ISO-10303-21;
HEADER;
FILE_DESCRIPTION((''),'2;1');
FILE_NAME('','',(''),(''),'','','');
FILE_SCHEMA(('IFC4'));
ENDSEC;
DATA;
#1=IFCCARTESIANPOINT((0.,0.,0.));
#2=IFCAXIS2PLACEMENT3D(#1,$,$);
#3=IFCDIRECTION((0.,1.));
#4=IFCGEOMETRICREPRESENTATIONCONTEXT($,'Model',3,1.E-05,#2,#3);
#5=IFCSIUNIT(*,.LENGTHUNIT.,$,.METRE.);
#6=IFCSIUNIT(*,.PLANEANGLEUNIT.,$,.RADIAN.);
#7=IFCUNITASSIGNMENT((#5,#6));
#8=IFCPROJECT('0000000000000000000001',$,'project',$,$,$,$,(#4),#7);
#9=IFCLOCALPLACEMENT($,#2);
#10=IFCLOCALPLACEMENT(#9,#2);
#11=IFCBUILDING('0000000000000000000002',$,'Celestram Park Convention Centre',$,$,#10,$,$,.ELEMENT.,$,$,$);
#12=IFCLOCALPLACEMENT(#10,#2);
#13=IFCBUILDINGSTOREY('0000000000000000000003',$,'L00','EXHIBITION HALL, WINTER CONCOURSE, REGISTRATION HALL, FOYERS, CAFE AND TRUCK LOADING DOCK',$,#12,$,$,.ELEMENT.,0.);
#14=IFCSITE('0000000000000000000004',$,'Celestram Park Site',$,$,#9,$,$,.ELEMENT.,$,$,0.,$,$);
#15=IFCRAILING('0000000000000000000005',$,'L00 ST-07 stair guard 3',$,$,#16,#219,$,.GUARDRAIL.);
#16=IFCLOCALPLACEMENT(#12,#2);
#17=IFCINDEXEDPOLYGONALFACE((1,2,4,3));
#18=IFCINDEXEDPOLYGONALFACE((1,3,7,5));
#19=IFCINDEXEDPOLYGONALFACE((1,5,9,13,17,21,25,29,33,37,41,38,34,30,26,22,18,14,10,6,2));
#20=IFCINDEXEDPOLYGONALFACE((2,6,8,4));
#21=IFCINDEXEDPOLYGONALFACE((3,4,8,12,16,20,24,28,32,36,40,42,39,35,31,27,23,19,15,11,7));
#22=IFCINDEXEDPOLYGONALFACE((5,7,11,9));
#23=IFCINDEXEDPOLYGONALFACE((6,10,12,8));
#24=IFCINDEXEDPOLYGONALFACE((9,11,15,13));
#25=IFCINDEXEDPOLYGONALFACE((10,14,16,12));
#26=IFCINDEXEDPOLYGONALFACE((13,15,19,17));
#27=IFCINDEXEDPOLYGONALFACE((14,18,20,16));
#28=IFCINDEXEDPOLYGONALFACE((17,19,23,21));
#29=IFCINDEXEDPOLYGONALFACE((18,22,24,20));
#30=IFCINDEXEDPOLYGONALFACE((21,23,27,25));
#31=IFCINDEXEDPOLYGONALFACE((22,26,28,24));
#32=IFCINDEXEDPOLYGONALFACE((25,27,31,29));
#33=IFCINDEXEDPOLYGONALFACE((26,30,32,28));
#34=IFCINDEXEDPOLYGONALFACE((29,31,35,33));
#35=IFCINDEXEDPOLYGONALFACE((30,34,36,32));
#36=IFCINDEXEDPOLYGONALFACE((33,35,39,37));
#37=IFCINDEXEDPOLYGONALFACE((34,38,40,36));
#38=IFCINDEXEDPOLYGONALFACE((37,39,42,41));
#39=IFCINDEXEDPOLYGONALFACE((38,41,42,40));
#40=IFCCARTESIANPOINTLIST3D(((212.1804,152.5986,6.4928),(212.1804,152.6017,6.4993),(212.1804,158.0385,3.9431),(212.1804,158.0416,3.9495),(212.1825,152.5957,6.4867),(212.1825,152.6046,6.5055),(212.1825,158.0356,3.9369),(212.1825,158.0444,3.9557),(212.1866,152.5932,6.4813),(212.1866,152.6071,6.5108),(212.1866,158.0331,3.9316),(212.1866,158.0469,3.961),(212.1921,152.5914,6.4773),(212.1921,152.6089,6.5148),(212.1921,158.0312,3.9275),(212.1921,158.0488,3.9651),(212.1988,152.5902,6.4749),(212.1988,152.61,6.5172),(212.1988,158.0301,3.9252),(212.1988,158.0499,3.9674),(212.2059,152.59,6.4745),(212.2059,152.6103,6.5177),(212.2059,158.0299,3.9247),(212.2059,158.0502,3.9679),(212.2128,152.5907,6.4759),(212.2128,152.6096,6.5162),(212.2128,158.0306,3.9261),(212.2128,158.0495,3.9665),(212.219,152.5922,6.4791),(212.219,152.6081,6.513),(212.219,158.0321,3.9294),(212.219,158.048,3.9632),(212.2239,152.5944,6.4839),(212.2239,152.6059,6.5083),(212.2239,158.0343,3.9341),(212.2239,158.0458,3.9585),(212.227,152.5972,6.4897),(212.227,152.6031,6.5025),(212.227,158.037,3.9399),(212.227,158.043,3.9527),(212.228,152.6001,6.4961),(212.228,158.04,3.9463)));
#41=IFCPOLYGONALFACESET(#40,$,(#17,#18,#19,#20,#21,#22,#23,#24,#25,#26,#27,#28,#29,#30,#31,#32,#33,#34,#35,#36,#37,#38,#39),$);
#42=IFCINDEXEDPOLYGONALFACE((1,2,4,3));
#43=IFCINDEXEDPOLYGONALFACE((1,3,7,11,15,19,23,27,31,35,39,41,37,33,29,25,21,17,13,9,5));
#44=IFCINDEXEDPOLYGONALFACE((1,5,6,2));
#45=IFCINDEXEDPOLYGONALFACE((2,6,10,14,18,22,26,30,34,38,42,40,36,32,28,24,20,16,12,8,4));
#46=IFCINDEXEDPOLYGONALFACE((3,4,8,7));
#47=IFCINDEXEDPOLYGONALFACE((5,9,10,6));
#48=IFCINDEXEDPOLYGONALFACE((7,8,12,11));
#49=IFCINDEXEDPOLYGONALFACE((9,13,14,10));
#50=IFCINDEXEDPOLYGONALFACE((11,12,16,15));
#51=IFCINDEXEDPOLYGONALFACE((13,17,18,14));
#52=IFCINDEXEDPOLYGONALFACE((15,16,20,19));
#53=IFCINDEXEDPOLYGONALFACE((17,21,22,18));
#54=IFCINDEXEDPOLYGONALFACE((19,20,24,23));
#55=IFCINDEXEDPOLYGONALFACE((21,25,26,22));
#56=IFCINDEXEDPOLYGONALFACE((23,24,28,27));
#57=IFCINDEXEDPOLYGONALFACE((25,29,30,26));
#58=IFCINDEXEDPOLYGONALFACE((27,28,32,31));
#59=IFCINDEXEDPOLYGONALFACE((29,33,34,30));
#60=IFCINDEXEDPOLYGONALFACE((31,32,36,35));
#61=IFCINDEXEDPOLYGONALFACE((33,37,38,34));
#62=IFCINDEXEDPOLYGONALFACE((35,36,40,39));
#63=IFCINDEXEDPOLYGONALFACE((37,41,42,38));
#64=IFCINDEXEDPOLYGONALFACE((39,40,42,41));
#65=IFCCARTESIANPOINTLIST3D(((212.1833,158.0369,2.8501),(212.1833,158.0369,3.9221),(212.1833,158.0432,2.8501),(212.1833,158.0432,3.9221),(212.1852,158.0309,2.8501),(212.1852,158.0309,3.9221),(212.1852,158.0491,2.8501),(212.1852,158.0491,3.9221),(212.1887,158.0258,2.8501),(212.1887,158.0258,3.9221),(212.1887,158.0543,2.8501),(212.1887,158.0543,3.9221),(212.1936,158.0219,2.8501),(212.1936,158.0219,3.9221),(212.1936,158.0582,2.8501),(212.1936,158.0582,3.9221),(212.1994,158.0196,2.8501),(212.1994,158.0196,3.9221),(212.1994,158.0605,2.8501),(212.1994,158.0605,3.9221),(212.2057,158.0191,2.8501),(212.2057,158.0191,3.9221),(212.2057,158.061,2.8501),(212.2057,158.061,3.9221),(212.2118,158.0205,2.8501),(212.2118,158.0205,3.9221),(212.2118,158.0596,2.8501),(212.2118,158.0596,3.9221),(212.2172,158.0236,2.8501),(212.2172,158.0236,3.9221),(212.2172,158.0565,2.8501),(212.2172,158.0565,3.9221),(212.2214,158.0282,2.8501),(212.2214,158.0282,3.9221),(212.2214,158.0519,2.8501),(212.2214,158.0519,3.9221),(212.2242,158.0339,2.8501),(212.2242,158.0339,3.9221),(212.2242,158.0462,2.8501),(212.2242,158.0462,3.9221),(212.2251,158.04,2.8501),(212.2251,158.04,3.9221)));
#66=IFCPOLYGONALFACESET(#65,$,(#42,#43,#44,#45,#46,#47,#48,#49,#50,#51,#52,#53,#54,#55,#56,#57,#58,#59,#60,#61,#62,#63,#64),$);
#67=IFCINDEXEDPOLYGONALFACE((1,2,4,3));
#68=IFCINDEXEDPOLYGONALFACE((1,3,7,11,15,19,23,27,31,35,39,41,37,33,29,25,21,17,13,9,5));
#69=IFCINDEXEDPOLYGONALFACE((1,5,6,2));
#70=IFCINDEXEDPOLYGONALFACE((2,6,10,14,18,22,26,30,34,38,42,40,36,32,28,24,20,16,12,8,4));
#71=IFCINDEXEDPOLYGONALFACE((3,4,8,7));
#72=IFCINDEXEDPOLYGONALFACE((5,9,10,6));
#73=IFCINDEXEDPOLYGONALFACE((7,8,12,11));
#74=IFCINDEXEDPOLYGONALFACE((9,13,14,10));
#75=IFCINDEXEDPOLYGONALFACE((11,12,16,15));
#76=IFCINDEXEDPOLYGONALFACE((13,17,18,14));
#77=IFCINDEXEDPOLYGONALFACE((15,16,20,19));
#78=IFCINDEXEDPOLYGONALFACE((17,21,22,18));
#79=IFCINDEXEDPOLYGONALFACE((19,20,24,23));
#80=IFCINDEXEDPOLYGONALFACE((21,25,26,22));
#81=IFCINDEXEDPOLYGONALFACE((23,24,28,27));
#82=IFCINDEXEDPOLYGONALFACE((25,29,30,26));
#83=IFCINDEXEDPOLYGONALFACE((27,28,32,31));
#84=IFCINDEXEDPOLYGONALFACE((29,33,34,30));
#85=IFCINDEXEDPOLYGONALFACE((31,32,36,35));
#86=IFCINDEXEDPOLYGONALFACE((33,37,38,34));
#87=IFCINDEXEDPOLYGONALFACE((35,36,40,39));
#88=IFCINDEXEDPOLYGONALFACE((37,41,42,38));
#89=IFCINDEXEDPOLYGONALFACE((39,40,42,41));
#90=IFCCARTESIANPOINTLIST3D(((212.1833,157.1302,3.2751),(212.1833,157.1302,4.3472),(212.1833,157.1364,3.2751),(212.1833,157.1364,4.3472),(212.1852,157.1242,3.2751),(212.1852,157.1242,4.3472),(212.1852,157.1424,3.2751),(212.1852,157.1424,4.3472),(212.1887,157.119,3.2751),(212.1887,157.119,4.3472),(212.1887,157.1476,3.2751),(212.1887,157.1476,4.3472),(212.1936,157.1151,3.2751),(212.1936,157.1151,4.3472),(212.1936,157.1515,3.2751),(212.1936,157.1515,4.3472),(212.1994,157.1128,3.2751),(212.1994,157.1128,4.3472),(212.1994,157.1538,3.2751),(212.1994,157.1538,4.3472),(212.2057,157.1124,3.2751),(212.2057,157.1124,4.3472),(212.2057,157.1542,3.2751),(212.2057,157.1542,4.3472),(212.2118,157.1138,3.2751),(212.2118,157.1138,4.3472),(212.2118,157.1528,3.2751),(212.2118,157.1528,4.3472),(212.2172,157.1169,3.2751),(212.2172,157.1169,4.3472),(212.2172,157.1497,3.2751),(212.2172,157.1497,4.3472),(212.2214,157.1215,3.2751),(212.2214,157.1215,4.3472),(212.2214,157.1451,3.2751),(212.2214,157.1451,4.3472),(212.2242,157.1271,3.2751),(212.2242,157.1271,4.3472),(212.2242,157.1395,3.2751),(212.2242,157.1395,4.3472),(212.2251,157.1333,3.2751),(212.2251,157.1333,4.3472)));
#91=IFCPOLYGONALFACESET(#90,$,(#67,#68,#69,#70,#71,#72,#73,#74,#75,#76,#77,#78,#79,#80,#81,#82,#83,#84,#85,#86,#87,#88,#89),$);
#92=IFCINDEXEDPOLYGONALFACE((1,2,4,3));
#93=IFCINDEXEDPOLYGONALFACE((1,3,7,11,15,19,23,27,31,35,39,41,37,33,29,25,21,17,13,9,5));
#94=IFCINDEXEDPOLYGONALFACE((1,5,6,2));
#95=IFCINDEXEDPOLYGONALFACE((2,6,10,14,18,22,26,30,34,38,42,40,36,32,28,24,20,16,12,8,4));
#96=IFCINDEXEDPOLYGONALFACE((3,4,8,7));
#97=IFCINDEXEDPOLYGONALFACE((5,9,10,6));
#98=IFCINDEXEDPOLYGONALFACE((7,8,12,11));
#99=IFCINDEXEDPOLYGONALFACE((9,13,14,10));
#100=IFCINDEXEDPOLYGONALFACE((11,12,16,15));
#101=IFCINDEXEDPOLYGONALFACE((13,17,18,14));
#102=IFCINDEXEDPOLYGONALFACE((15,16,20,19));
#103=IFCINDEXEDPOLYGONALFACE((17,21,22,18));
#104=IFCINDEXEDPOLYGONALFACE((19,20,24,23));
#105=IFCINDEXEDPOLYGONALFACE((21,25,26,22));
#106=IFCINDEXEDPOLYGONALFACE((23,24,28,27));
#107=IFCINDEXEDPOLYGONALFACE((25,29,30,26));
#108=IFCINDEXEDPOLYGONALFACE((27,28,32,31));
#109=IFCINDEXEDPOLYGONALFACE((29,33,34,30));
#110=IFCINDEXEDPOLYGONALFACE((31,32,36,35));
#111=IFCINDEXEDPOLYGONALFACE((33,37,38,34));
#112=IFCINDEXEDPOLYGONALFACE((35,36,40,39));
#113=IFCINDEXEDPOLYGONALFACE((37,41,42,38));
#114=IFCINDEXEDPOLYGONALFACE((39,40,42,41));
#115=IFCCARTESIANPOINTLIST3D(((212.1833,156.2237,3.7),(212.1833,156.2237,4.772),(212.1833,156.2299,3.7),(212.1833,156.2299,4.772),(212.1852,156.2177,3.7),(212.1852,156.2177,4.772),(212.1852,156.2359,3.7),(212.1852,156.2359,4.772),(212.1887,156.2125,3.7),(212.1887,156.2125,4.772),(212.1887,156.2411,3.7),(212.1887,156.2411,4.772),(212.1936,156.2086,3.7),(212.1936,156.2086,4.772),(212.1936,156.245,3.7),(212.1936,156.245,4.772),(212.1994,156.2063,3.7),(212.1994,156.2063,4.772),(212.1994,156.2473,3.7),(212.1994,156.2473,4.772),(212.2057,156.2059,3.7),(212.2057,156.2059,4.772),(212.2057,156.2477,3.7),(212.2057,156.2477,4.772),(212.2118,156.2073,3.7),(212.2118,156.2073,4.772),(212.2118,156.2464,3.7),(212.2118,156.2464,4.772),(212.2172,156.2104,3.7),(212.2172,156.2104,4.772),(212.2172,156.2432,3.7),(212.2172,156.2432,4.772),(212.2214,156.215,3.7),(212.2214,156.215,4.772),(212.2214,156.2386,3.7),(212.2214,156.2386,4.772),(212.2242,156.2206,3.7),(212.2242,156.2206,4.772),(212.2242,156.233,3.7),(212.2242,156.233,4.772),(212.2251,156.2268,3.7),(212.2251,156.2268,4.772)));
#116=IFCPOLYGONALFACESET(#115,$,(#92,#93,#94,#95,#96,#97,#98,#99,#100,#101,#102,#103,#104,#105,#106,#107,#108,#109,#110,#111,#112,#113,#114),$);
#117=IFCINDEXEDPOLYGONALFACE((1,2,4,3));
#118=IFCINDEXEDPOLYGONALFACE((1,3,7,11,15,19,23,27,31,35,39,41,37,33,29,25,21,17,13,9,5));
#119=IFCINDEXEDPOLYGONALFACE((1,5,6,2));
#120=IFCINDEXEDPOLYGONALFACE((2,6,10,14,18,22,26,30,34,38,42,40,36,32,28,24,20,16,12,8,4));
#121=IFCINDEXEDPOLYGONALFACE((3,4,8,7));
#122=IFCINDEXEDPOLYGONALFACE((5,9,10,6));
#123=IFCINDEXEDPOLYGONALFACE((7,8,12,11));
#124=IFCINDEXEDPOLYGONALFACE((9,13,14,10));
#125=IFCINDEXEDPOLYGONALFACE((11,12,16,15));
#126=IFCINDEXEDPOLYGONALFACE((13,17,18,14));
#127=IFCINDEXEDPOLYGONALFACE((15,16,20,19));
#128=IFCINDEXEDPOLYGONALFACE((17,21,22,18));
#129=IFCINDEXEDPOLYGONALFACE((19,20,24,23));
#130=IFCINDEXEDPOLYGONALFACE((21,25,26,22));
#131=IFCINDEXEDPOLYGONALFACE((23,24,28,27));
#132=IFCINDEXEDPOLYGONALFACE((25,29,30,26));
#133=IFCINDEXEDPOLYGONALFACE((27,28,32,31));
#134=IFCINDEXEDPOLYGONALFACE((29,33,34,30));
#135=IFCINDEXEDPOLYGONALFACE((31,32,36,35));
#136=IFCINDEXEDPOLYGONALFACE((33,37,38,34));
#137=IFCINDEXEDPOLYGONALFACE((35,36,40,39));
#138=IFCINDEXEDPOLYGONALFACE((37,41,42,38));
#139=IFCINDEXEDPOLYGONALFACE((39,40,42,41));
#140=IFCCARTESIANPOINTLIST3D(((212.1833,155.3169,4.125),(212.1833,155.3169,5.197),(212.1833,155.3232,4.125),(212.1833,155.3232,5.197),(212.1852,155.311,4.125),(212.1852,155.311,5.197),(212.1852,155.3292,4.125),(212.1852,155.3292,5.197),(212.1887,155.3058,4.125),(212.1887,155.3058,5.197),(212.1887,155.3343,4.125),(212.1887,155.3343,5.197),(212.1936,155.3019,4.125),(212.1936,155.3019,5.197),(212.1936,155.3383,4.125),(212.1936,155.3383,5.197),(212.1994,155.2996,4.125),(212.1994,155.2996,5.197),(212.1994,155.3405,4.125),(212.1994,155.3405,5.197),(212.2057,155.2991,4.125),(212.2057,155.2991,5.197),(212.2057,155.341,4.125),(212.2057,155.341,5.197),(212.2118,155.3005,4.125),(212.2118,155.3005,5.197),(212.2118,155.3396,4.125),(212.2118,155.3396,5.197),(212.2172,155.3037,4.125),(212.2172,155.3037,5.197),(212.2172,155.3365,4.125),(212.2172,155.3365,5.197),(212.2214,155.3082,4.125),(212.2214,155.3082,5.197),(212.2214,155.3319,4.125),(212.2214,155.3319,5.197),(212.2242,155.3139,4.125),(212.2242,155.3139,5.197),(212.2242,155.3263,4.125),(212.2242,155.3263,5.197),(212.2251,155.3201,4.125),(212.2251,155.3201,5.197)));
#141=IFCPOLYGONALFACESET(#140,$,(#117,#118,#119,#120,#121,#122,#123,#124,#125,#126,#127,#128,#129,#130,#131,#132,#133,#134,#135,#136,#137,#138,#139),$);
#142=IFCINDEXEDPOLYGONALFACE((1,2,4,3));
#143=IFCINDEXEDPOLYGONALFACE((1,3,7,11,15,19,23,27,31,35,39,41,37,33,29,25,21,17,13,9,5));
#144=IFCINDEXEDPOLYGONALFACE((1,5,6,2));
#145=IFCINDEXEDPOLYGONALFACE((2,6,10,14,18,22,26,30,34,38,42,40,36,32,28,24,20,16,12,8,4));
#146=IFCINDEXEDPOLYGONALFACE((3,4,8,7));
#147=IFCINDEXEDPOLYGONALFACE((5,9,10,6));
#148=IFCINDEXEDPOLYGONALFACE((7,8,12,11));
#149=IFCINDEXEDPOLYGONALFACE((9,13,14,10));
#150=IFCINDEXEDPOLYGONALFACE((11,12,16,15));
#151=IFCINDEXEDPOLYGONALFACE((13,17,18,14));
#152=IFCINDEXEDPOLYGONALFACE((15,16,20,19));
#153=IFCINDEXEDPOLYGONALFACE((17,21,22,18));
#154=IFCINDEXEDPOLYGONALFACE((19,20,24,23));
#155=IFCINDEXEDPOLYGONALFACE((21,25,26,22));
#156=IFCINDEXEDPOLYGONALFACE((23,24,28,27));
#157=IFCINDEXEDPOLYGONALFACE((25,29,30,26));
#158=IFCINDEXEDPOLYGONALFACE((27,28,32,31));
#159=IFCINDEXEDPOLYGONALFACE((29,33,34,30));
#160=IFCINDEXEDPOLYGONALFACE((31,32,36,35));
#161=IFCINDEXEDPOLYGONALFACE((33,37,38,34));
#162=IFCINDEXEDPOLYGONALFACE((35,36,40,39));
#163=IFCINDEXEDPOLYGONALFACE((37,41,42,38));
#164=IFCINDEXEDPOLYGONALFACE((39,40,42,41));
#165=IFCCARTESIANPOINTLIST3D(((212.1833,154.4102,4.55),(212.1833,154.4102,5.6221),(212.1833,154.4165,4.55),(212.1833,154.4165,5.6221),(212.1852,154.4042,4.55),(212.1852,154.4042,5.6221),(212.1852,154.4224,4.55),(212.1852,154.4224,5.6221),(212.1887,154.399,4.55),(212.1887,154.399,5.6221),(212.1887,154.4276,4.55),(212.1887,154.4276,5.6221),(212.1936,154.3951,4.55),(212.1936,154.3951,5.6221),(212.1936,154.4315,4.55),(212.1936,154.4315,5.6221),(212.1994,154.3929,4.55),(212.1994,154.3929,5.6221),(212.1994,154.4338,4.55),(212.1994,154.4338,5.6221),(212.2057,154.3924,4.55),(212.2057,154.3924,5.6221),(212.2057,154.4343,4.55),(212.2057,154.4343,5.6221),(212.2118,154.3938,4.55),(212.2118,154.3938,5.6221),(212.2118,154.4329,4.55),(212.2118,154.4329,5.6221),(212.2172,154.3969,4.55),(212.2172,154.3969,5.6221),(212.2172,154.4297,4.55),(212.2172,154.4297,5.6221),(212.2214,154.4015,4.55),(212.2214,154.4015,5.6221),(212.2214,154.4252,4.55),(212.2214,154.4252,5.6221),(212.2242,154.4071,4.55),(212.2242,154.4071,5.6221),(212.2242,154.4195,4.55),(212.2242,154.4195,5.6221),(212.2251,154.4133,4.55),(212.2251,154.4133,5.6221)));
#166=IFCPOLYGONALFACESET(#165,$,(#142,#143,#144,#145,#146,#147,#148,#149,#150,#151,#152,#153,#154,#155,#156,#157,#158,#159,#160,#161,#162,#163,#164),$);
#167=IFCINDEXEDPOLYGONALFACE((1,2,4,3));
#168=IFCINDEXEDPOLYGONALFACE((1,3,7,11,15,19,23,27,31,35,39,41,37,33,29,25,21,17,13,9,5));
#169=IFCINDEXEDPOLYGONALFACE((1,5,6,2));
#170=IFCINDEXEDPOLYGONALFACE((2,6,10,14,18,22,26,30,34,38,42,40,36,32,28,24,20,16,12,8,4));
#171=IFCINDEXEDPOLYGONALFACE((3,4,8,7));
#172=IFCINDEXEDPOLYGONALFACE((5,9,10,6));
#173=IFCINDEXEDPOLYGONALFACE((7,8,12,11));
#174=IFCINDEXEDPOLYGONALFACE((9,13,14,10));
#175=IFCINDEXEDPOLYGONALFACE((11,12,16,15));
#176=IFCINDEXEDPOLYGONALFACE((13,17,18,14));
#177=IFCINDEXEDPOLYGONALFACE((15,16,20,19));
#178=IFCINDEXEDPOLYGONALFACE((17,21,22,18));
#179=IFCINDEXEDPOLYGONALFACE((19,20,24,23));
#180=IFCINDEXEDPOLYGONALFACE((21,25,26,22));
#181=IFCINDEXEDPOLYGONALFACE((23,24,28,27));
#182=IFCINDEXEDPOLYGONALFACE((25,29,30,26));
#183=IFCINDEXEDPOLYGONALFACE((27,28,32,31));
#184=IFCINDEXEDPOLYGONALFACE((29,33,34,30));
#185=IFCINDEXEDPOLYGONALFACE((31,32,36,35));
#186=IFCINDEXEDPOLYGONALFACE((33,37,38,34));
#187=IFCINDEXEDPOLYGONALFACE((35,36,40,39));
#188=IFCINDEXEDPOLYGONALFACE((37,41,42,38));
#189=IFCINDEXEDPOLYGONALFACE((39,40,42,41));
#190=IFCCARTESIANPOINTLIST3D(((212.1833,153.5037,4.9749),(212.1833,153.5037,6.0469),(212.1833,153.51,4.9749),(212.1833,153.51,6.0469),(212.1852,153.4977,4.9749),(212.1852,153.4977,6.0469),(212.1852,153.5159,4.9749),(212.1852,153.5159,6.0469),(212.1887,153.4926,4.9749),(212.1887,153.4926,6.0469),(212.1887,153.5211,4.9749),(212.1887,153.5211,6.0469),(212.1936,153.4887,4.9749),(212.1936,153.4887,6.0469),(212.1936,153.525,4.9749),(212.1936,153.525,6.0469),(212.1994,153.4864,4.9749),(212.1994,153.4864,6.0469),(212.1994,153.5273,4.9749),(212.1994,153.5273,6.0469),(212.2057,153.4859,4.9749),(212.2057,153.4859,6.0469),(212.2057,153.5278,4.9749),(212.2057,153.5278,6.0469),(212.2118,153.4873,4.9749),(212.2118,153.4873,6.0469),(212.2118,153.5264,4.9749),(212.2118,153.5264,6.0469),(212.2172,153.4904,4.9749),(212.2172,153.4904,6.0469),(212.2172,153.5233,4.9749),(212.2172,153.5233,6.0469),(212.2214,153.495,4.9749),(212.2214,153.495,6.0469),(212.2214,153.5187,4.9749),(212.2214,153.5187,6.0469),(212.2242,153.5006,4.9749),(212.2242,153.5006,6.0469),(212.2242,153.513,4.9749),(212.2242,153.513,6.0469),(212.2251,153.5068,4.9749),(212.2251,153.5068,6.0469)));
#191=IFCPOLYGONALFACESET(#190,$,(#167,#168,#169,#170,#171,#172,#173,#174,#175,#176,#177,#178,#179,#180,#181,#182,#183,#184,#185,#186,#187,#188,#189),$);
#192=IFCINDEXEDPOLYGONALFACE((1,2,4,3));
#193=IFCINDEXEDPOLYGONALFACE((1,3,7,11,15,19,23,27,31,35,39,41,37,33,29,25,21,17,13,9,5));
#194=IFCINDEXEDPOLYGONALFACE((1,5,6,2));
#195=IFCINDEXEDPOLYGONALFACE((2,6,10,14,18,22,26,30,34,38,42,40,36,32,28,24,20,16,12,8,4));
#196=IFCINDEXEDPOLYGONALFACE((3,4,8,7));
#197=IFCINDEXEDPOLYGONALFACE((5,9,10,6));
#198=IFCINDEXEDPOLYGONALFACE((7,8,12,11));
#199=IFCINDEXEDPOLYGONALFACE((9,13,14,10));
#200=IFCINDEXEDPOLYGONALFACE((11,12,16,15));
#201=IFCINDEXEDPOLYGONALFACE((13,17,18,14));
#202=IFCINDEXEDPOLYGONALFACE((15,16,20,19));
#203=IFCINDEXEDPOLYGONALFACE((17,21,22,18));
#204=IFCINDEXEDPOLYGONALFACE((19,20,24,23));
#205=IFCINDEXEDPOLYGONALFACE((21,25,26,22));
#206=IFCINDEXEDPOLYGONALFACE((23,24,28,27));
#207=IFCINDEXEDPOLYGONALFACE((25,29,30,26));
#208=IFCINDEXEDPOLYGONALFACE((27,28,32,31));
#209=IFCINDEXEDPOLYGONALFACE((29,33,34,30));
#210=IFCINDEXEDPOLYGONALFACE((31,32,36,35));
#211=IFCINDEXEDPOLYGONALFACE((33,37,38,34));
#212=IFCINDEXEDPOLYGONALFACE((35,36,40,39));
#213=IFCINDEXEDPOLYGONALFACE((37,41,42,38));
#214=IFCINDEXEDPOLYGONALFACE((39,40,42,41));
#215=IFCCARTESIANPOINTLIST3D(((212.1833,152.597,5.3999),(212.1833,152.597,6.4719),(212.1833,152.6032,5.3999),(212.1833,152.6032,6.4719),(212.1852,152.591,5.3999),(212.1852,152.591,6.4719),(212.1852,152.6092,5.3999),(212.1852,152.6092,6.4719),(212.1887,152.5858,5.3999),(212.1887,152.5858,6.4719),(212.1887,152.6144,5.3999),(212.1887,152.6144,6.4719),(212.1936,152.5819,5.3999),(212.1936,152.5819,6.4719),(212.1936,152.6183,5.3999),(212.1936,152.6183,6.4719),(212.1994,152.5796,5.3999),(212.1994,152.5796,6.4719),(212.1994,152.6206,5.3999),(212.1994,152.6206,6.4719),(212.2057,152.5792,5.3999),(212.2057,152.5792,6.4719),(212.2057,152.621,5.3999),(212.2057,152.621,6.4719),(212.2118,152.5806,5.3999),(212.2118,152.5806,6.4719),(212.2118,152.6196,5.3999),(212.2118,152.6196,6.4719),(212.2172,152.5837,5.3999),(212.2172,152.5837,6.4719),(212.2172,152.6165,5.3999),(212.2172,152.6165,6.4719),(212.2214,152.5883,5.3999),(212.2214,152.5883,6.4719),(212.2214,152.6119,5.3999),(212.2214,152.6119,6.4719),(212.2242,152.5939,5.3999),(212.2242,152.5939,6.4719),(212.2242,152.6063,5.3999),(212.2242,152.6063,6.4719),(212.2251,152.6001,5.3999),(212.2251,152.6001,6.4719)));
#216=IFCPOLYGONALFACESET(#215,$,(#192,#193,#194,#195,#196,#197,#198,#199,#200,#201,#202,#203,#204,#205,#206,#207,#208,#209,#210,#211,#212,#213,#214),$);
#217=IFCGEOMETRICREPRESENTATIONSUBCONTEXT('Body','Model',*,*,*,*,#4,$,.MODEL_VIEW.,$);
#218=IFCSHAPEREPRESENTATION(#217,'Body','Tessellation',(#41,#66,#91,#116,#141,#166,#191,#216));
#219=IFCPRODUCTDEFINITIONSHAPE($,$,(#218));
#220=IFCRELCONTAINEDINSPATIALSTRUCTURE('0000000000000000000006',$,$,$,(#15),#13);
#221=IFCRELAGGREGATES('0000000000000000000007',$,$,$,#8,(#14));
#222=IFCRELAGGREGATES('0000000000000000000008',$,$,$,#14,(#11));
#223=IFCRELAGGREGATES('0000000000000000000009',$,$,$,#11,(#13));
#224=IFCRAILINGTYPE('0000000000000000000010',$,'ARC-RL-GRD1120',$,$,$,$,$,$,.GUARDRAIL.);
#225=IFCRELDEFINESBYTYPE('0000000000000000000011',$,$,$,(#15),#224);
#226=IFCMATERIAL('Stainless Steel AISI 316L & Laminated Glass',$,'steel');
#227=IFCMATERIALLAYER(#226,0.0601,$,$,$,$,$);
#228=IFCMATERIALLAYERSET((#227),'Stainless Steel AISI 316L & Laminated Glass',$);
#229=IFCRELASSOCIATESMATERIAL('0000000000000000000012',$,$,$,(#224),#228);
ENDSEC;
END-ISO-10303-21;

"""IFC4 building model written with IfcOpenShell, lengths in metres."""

from ifc_helpers import new_model, si_unit, direction, frame, origin, origin_2d, place, context, subcontext, project, spatial, circle, extrude, material, layer, layer_set, type_object, element, save


model = new_model("IFC4")

# Units and contexts
model_context = context("Model", 3, precision=1e-05, world=origin(), true_north=direction((0.0, 1.0)))
body_context = subcontext(model_context, "Body", "Model", "MODEL_VIEW")
ifc_project = project(units=[si_unit("LENGTHUNIT", "METRE"), si_unit("PLANEANGLEUNIT", "RADIAN")], contexts=[model_context])

# Site, building, storey
site_placement = place(None, origin())
site = spatial("IfcSite", under=ifc_project, at=site_placement, Name="Celestram Park Site", CompositionType="ELEMENT", RefElevation=0.0)
building_placement = place(site_placement, origin())
building = spatial("IfcBuilding", under=site, at=building_placement, Name="Celestram Park Convention Centre", CompositionType="ELEMENT")
storey_placement = place(building_placement, origin())
storey = spatial("IfcBuildingStorey", under=building, at=storey_placement, Name="L00", Description="EXHIBITION HALL, WINTER CONCOURSE, REGISTRATION HALL, FOYERS, CAFE AND TRUCK LOADING DOCK", CompositionType="ELEMENT", Elevation=0.0)

# Railing
ifc_material_1 = material(Name="Stainless Steel AISI 316L & Laminated Glass", Category="steel")
ifc_layer_1 = layer(ifc_material_1, 0.0601)
ifc_layer_set_1 = layer_set([ifc_layer_1], Name="Stainless Steel AISI 316L & Laminated Glass")
railing_type_1 = type_object("IfcRailingType", Name="ARC-RL-GRD1120", PredefinedType="GUARDRAIL", material=ifc_layer_set_1)
railing_1_placement = place(storey_placement, frame((212.2041, 158.04, 2.8501)))
element("IfcRailing", 1, at=railing_1_placement, inside=storey, type_object=railing_type_1, Name="L00 ST-07 stair guard 3", PredefinedType="GUARDRAIL", context=body_context, shape_type="SweptSolid", body=[
    extrude(circle(Radius=0.0239, at=origin_2d()), frame((0.0, 0.0, 1.0962), z_axis=(0.0, -0.90547, 0.424411), x_axis=(1.0, 0.0, 0.0)), (0.0, 0.0, 1.0), 6.0078),
    extrude(circle(Radius=0.021, at=origin_2d()), origin(), (0.0, 0.0, 1.0), 1.072),
    extrude(circle(Radius=0.021, at=origin_2d()), frame((0.0, -0.9067, 0.425)), (0.0, 0.0, 1.0), 1.072),
    extrude(circle(Radius=0.021, at=origin_2d()), frame((0.0, -1.8132, 0.8499)), (0.0, 0.0, 1.0), 1.072),
    extrude(circle(Radius=0.021, at=origin_2d()), frame((0.0, -2.72, 1.2749)), (0.0, 0.0, 1.0), 1.072),
    extrude(circle(Radius=0.021, at=origin_2d()), frame((0.0, -3.6267, 1.7)), (0.0, 0.0, 1.0), 1.072),
    extrude(circle(Radius=0.021, at=origin_2d()), frame((0.0, -4.5332, 2.1248)), (0.0, 0.0, 1.0), 1.072),
    extrude(circle(Radius=0.021, at=origin_2d()), frame((0.0, -5.4399, 2.5498)), (0.0, 0.0, 1.0), 1.072),
])

save(model, "model.ifc")
